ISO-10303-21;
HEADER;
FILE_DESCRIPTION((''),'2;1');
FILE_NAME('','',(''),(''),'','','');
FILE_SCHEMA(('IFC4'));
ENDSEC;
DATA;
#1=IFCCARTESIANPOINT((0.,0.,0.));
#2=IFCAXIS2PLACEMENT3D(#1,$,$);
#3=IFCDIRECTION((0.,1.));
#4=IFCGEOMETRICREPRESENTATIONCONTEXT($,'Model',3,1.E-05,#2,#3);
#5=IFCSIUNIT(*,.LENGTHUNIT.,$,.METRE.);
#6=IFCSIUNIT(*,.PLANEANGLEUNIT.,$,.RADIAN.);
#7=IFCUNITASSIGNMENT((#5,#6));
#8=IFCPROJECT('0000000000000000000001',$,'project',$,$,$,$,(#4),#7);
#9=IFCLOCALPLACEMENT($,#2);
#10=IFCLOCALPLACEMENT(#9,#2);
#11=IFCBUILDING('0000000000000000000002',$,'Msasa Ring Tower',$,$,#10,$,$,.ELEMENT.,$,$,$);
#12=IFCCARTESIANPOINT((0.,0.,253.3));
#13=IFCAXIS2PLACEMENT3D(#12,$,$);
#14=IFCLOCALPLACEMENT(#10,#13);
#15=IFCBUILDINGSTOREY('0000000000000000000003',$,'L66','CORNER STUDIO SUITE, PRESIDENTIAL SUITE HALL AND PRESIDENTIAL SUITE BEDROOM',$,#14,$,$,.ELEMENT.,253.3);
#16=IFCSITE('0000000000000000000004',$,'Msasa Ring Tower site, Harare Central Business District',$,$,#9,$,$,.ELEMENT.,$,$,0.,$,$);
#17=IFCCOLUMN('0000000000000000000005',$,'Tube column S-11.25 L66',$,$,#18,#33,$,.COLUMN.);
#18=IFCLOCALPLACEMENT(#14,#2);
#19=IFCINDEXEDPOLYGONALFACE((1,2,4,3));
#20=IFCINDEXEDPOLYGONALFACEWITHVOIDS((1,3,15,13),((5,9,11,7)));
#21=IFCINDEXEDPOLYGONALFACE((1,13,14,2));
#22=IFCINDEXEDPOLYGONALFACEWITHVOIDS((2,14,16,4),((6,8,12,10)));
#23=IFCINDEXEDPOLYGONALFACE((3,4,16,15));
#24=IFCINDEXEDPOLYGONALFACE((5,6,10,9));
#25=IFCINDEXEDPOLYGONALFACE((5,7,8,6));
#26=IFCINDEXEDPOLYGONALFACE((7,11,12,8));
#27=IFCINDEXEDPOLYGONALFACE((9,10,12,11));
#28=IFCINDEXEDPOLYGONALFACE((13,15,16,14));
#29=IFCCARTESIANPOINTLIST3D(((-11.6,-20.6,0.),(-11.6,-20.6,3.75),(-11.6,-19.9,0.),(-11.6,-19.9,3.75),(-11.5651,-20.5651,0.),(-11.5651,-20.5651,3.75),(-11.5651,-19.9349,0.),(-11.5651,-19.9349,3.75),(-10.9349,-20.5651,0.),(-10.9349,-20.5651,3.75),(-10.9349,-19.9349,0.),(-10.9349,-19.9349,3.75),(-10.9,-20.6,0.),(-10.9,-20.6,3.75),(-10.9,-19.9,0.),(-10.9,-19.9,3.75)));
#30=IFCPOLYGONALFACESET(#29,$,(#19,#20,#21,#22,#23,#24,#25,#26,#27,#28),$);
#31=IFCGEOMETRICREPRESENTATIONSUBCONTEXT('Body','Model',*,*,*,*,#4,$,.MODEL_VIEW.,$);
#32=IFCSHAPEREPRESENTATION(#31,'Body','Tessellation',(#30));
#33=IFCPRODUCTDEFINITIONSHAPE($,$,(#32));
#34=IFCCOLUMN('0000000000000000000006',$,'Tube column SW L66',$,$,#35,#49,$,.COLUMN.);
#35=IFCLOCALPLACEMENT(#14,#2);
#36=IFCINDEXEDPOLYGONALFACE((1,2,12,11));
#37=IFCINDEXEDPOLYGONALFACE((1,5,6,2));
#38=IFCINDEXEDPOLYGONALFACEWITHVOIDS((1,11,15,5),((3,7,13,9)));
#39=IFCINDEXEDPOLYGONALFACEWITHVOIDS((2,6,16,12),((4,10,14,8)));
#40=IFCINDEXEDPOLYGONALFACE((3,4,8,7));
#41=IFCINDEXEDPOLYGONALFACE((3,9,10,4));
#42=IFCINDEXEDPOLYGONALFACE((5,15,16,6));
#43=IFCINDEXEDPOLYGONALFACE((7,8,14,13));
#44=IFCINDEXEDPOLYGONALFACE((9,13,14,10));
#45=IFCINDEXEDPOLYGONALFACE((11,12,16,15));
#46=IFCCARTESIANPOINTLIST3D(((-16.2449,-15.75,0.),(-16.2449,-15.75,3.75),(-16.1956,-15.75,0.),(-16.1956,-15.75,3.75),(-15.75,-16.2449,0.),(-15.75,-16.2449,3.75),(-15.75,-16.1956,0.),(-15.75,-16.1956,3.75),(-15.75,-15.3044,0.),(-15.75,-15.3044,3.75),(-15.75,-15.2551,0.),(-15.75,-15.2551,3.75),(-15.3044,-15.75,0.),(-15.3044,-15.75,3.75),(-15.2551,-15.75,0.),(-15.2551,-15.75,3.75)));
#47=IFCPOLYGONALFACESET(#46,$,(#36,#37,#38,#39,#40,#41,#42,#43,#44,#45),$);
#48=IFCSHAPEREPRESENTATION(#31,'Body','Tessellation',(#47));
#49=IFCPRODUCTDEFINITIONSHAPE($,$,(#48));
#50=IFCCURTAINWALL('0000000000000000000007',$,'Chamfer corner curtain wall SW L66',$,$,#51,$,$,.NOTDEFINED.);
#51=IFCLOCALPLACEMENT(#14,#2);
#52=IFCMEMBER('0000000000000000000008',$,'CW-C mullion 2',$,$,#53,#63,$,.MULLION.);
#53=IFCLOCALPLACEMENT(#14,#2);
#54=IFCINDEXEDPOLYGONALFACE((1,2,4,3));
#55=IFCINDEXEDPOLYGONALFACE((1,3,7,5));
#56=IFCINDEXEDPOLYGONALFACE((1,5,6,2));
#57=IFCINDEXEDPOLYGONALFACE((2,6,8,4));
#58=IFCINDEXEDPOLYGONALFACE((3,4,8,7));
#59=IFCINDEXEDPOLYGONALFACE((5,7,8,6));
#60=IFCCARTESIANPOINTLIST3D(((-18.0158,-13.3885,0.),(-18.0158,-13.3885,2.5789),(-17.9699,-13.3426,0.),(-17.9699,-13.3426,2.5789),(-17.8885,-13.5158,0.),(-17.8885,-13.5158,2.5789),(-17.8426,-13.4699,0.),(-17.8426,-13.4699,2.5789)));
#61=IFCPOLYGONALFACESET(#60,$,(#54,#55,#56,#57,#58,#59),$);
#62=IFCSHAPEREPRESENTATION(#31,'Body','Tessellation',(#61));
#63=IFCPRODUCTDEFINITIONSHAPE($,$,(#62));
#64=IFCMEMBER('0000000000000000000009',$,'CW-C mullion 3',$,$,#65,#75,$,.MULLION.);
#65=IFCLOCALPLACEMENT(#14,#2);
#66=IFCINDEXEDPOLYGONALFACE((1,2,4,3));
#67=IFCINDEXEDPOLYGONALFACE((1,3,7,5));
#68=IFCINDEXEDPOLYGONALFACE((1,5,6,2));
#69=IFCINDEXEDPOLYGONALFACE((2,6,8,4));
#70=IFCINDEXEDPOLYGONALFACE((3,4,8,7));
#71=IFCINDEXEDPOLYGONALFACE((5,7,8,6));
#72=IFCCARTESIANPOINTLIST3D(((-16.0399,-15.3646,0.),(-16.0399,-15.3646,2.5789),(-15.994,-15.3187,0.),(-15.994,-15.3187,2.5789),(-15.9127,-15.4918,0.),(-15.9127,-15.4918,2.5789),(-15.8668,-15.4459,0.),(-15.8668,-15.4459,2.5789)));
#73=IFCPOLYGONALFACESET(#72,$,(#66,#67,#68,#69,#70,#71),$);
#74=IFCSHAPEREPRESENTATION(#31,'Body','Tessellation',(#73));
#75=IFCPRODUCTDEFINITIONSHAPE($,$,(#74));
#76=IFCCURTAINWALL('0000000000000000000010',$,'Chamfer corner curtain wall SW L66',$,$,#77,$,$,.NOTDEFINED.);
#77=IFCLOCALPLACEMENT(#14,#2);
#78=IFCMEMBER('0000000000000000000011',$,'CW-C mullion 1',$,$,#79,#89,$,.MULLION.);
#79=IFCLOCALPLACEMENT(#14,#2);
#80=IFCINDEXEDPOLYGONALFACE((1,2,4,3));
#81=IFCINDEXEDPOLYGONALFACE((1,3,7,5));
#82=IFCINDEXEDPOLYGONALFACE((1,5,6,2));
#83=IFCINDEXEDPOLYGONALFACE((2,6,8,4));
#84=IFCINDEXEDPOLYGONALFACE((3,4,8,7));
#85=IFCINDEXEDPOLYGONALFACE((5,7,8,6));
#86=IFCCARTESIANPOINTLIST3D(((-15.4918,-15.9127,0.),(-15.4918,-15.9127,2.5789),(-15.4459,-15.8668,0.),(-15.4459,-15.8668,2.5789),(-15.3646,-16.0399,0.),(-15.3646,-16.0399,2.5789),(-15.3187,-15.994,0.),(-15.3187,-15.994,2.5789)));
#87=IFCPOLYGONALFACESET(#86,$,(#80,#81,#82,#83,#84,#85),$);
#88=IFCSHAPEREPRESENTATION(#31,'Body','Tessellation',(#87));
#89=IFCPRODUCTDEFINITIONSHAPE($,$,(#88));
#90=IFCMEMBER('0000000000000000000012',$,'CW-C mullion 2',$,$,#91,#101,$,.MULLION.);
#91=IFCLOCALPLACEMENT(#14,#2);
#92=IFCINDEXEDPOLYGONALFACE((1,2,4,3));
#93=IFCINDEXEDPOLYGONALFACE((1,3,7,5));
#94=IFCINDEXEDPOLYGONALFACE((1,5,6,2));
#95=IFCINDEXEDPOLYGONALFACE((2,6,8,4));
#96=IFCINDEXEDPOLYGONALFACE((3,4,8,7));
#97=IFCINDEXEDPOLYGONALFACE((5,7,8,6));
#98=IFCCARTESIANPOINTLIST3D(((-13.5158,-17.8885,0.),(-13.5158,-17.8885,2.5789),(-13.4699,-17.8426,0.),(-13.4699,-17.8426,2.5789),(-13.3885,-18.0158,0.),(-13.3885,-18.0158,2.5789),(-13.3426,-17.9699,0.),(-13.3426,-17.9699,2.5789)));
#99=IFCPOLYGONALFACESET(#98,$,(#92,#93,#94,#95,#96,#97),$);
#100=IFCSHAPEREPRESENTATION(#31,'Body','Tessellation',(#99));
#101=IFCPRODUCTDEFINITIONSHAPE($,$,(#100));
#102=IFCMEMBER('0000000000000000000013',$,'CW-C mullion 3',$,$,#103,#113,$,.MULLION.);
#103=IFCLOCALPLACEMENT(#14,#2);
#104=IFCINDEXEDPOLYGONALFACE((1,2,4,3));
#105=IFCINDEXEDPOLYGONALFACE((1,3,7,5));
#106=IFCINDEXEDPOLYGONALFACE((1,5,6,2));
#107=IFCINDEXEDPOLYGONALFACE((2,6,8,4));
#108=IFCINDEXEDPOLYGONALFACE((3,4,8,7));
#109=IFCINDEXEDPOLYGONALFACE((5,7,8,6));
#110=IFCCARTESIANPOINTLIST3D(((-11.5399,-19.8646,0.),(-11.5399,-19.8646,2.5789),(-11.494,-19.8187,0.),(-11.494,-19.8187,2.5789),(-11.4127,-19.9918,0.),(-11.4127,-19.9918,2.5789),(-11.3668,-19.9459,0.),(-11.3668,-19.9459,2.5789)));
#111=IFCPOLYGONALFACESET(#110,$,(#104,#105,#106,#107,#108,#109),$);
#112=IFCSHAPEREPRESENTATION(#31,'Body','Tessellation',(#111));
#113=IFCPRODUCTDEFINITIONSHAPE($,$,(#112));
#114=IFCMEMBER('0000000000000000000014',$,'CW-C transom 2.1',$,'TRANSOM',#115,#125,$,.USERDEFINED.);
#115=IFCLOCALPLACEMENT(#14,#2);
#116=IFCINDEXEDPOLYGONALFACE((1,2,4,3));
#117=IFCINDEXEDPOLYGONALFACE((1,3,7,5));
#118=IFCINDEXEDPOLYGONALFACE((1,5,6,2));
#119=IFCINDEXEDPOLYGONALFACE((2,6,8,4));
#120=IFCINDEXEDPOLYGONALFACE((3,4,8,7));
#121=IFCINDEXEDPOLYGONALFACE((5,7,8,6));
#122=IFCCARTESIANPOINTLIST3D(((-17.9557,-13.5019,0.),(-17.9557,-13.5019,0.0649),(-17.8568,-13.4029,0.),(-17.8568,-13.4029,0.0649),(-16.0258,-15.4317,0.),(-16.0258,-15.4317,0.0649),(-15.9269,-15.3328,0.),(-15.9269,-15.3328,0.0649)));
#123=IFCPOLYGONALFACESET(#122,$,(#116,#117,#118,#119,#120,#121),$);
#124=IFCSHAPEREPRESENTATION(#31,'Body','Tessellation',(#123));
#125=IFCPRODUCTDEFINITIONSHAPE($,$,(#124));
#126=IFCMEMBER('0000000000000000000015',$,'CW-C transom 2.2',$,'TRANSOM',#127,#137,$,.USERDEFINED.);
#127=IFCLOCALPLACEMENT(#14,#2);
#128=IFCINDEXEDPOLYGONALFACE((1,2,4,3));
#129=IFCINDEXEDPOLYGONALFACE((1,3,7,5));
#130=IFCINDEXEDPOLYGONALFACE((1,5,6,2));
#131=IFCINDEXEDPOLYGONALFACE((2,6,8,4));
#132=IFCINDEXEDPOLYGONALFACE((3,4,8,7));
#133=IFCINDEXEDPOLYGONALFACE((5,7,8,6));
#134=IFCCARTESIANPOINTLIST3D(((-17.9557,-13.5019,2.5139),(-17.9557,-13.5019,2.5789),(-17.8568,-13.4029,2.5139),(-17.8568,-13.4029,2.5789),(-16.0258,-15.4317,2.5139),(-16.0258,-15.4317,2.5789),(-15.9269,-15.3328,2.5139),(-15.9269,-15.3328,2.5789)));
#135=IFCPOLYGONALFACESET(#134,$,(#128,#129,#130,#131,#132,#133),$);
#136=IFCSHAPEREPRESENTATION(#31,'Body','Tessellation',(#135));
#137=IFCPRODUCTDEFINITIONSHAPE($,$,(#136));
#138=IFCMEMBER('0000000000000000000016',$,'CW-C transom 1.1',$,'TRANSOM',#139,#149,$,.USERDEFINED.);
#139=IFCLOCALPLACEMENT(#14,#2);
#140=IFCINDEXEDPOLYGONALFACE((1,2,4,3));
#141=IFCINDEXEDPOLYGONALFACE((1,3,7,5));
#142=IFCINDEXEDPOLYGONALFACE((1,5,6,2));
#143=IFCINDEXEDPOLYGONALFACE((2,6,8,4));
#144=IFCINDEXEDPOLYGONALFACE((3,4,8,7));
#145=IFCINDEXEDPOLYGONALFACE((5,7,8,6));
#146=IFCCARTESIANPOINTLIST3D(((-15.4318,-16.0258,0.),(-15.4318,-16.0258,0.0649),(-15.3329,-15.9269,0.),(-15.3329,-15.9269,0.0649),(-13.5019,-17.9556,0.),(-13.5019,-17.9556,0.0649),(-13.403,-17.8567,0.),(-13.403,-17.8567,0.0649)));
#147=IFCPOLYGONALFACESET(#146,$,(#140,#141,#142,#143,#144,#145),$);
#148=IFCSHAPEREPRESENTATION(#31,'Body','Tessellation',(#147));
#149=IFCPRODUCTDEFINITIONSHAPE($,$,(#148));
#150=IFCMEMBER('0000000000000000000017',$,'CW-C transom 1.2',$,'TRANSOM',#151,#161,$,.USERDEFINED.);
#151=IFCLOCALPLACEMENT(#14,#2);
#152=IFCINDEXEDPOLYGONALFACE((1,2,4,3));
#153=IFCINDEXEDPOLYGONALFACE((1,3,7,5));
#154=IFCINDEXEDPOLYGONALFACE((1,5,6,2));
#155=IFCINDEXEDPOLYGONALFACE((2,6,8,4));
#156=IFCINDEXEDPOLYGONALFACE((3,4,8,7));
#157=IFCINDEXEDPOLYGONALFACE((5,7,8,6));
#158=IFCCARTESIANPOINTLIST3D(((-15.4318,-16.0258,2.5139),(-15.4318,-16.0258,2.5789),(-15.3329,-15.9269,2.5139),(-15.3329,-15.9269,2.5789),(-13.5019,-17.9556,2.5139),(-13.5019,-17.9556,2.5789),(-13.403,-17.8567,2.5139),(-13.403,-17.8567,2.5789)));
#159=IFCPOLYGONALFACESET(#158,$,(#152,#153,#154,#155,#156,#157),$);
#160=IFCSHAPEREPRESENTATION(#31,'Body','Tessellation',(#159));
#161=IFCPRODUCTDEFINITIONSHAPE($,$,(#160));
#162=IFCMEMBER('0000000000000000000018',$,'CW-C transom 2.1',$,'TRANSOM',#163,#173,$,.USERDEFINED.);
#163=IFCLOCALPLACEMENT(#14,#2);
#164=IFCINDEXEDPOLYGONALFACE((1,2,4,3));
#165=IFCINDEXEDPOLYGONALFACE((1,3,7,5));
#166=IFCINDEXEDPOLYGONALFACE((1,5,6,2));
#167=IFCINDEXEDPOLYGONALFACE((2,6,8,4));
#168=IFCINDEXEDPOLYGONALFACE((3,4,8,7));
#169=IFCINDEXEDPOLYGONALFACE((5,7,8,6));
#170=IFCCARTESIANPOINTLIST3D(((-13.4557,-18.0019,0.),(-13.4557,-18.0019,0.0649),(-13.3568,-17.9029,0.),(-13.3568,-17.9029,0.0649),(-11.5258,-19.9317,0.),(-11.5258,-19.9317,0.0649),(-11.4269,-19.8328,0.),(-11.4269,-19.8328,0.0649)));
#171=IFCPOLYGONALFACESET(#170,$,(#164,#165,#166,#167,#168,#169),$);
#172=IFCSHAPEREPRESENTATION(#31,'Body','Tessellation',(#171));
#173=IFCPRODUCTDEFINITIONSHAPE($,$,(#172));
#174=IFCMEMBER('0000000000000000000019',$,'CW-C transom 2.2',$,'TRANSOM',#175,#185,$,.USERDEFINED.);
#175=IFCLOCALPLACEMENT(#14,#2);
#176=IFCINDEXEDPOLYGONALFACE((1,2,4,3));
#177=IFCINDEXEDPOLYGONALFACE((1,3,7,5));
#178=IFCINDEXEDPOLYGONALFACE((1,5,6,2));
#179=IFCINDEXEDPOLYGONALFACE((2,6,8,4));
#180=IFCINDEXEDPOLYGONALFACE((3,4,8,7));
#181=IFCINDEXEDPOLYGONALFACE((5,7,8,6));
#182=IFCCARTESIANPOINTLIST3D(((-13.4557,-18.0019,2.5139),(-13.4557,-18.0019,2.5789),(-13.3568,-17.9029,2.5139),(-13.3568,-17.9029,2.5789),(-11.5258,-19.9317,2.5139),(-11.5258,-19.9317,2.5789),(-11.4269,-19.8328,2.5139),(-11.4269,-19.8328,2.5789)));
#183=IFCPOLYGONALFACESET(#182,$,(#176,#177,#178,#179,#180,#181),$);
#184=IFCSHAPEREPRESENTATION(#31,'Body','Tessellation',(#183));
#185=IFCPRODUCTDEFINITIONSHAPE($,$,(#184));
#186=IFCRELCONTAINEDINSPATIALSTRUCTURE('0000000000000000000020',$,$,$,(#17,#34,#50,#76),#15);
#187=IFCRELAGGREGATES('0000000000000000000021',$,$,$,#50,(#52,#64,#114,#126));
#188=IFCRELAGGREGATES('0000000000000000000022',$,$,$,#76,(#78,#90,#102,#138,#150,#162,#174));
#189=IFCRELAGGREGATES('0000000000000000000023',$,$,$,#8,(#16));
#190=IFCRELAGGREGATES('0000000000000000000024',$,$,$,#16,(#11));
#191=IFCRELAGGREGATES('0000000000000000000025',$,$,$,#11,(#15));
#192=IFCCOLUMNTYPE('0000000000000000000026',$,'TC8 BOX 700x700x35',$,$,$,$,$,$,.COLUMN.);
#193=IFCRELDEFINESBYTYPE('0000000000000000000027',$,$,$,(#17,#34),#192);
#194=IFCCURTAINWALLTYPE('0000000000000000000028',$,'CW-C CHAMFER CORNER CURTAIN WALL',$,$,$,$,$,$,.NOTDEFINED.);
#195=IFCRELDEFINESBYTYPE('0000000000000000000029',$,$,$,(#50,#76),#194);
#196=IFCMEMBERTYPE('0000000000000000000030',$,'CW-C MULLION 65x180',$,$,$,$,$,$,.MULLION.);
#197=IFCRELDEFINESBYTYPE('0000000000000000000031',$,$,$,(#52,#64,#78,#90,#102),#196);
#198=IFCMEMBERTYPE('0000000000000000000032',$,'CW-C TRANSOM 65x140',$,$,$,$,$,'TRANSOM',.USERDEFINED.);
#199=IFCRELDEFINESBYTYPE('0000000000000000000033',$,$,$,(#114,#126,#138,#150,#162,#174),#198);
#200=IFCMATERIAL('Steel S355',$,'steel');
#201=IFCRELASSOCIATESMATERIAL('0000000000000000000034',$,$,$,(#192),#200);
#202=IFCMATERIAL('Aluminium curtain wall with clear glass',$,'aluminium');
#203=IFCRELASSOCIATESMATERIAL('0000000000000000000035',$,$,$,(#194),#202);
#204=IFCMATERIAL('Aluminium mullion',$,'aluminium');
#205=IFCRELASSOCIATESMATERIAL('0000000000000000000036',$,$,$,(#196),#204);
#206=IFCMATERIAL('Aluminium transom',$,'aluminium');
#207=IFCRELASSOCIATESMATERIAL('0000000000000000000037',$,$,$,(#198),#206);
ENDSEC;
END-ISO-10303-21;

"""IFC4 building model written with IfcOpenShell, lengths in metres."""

from ifc_helpers import new_model, si_unit, direction, frame, origin, origin_2d, place, context, subcontext, project, spatial, rectangle, hollow_rectangle, extrude, material, material_profile, profile_set, type_object, element, aggregate, save


model = new_model("IFC4")

# Units and contexts
model_context = context("Model", 3, precision=1e-05, world=origin(), true_north=direction((0.0, 1.0)))
body_context = subcontext(model_context, "Body", "Model", "MODEL_VIEW")
ifc_project = project(units=[si_unit("LENGTHUNIT", "METRE"), si_unit("PLANEANGLEUNIT", "RADIAN")], contexts=[model_context])

# Site, building, storey
site_placement = place(None, origin())
site = spatial("IfcSite", under=ifc_project, at=site_placement, Name="Msasa Ring Tower site, Harare Central Business District", CompositionType="ELEMENT", RefElevation=0.0)
building_placement = place(site_placement, origin())
building = spatial("IfcBuilding", under=site, at=building_placement, Name="Msasa Ring Tower", CompositionType="ELEMENT")
storey_placement = place(building_placement, frame((0.0, 0.0, 253.3)))
storey = spatial("IfcBuildingStorey", under=building, at=storey_placement, Name="L66", Description="CORNER STUDIO SUITE, PRESIDENTIAL SUITE HALL AND PRESIDENTIAL SUITE BEDROOM", CompositionType="ELEMENT", Elevation=253.3)

# Columns
ifc_material_1 = material(Name="Steel S355", Category="steel")
ifc_material_profile_1 = material_profile(ifc_material_1, hollow_rectangle(XDim=0.7, YDim=0.7, WallThickness=0.0349, at=origin_2d()), Name="BOX 700x700x35")
ifc_profile_set_1 = profile_set([ifc_material_profile_1], Name="Steel S355")
column_type = type_object("IfcColumnType", Name="TC8 BOX 700x700x35", PredefinedType="COLUMN", material=ifc_profile_set_1)
for number, where, z_axis, x_axis, name in (
    (1, (-11.25, -20.25, 0.0), (0.0, 0.0, 1.0), (0.0, 1.0, 0.0), "Tube column S-11.25 L66"),
    (2, (-15.75, -15.75, 0.0), (0.0, 0.0, 1.0), (0.707107, 0.707107, 0.0), "Tube column SW L66"),
):
    element("IfcColumn", number, at=place(storey_placement, frame(where, z_axis=z_axis, x_axis=x_axis)), inside=storey, type_object=column_type, Name=name, PredefinedType="COLUMN", context=body_context, shape_type="SweptSolid", body=[
        extrude(hollow_rectangle(XDim=0.7, YDim=0.7, WallThickness=0.0349, at=origin_2d()), origin(), (0.0, 0.0, 1.0), 3.75),
    ])

# Curtain walls, members
ifc_material_2 = material(Name="Aluminium curtain wall with clear glass", Category="aluminium")
curtain_wall_type = type_object("IfcCurtainWallType", Name="CW-C CHAMFER CORNER CURTAIN WALL", PredefinedType="NOTDEFINED", material=ifc_material_2)
curtain_wall_1_placement = place(storey_placement, origin())
curtain_wall_1 = element("IfcCurtainWall", 3, at=curtain_wall_1_placement, inside=storey, type_object=curtain_wall_type, Name="Chamfer corner curtain wall SW L66", PredefinedType="NOTDEFINED")
ifc_material_3 = material(Name="Aluminium mullion", Category="aluminium")
ifc_material_profile_2 = material_profile(ifc_material_3, rectangle(XDim=0.0649, YDim=0.1799, at=origin_2d()), Name="AL 65x180")
ifc_profile_set_2 = profile_set([ifc_material_profile_2], Name="Aluminium mullion")
member_type_1 = type_object("IfcMemberType", Name="CW-C MULLION 65x180", PredefinedType="MULLION", material=ifc_profile_set_2)
member_1_placement = place(storey_placement, frame((-17.9292, -13.4292, 0.0), z_axis=(0.0, 0.0, 1.0), x_axis=(0.707107, 0.707107, 0.0)))
member_1 = element("IfcMember", 4, at=member_1_placement, type_object=member_type_1, Name="CW-C mullion 2", PredefinedType="MULLION", context=body_context, shape_type="SweptSolid", body=[
    extrude(rectangle(XDim=0.0649, YDim=0.1799, at=origin_2d()), origin(), (0.0, 0.0, 1.0), 2.5789),
])
member_2_placement = place(storey_placement, frame((-15.9534, -15.4053, 0.0), z_axis=(0.0, 0.0, 1.0), x_axis=(0.707107, 0.707107, 0.0)))
member_2 = element("IfcMember", 5, at=member_2_placement, type_object=member_type_1, Name="CW-C mullion 3", PredefinedType="MULLION", context=body_context, shape_type="SweptSolid", body=[
    extrude(rectangle(XDim=0.0649, YDim=0.1799, at=origin_2d()), origin(), (0.0, 0.0, 1.0), 2.5789),
])
curtain_wall_2_placement = place(storey_placement, origin())
curtain_wall_2 = element("IfcCurtainWall", 6, at=curtain_wall_2_placement, inside=storey, type_object=curtain_wall_type, Name="Chamfer corner curtain wall SW L66", PredefinedType="NOTDEFINED")
member_3_placement = place(storey_placement, frame((-15.4053, -15.9534, 0.0), z_axis=(0.0, 0.0, 1.0), x_axis=(0.707107, 0.707107, 0.0)))
member_3 = element("IfcMember", 7, at=member_3_placement, type_object=member_type_1, Name="CW-C mullion 1", PredefinedType="MULLION", context=body_context, shape_type="SweptSolid", body=[
    extrude(rectangle(XDim=0.0649, YDim=0.1799, at=origin_2d()), origin(), (0.0, 0.0, 1.0), 2.5789),
])
member_4_placement = place(storey_placement, frame((-13.4292, -17.9292, 0.0), z_axis=(0.0, 0.0, 1.0), x_axis=(0.707107, 0.707107, 0.0)))
member_4 = element("IfcMember", 8, at=member_4_placement, type_object=member_type_1, Name="CW-C mullion 2", PredefinedType="MULLION", context=body_context, shape_type="SweptSolid", body=[
    extrude(rectangle(XDim=0.0649, YDim=0.1799, at=origin_2d()), origin(), (0.0, 0.0, 1.0), 2.5789),
])
member_5_placement = place(storey_placement, frame((-11.4534, -19.9053, 0.0), z_axis=(0.0, 0.0, 1.0), x_axis=(0.707107, 0.707107, 0.0)))
member_5 = element("IfcMember", 9, at=member_5_placement, type_object=member_type_1, Name="CW-C mullion 3", PredefinedType="MULLION", context=body_context, shape_type="SweptSolid", body=[
    extrude(rectangle(XDim=0.0649, YDim=0.1799, at=origin_2d()), origin(), (0.0, 0.0, 1.0), 2.5789),
])

# Members
ifc_material_4 = material(Name="Aluminium transom", Category="aluminium")
ifc_material_profile_3 = material_profile(ifc_material_4, rectangle(XDim=0.1399, YDim=0.0649, at=origin_2d()), Name="AL 65x140")
ifc_profile_set_3 = profile_set([ifc_material_profile_3], Name="Aluminium transom")
member_type_2 = type_object("IfcMemberType", Name="CW-C TRANSOM 65x140", ElementType="TRANSOM", PredefinedType="USERDEFINED", material=ifc_profile_set_3)
member_6_placement = place(storey_placement, frame((-17.9062, -13.4524, 0.0325), z_axis=(0.707107, -0.707107, 0.0), x_axis=(0.707107, 0.707107, 0.0)))
member_6 = element("IfcMember", 10, at=member_6_placement, type_object=member_type_2, Name="CW-C transom 2.1", ObjectType="TRANSOM", PredefinedType="USERDEFINED", context=body_context, shape_type="SweptSolid", body=[
    extrude(rectangle(XDim=0.1399, YDim=0.0649, at=origin_2d()), origin(), (0.0, 0.0, 1.0), 2.7292),
])
member_7_placement = place(storey_placement, frame((-17.9062, -13.4524, 2.5464), z_axis=(0.707107, -0.707107, 0.0), x_axis=(0.707107, 0.707107, 0.0)))
member_7 = element("IfcMember", 11, at=member_7_placement, type_object=member_type_2, Name="CW-C transom 2.2", ObjectType="TRANSOM", PredefinedType="USERDEFINED", context=body_context, shape_type="SweptSolid", body=[
    extrude(rectangle(XDim=0.1399, YDim=0.0649, at=origin_2d()), origin(), (0.0, 0.0, 1.0), 2.7292),
])
member_8_placement = place(storey_placement, frame((-15.3823, -15.9763, 0.0325), z_axis=(0.707107, -0.707107, 0.0), x_axis=(0.707107, 0.707107, 0.0)))
member_8 = element("IfcMember", 12, at=member_8_placement, type_object=member_type_2, Name="CW-C transom 1.1", ObjectType="TRANSOM", PredefinedType="USERDEFINED", context=body_context, shape_type="SweptSolid", body=[
    extrude(rectangle(XDim=0.1399, YDim=0.0649, at=origin_2d()), origin(), (0.0, 0.0, 1.0), 2.7292),
])
member_9_placement = place(storey_placement, frame((-15.3823, -15.9763, 2.5464), z_axis=(0.707107, -0.707107, 0.0), x_axis=(0.707107, 0.707107, 0.0)))
member_9 = element("IfcMember", 13, at=member_9_placement, type_object=member_type_2, Name="CW-C transom 1.2", ObjectType="TRANSOM", PredefinedType="USERDEFINED", context=body_context, shape_type="SweptSolid", body=[
    extrude(rectangle(XDim=0.1399, YDim=0.0649, at=origin_2d()), origin(), (0.0, 0.0, 1.0), 2.7292),
])
member_10_placement = place(storey_placement, frame((-13.4062, -17.9524, 0.0325), z_axis=(0.707107, -0.707107, 0.0), x_axis=(0.707107, 0.707107, 0.0)))
member_10 = element("IfcMember", 14, at=member_10_placement, type_object=member_type_2, Name="CW-C transom 2.1", ObjectType="TRANSOM", PredefinedType="USERDEFINED", context=body_context, shape_type="SweptSolid", body=[
    extrude(rectangle(XDim=0.1399, YDim=0.0649, at=origin_2d()), origin(), (0.0, 0.0, 1.0), 2.7292),
])
member_11_placement = place(storey_placement, frame((-13.4062, -17.9524, 2.5464), z_axis=(0.707107, -0.707107, 0.0), x_axis=(0.707107, 0.707107, 0.0)))
member_11 = element("IfcMember", 15, at=member_11_placement, type_object=member_type_2, Name="CW-C transom 2.2", ObjectType="TRANSOM", PredefinedType="USERDEFINED", context=body_context, shape_type="SweptSolid", body=[
    extrude(rectangle(XDim=0.1399, YDim=0.0649, at=origin_2d()), origin(), (0.0, 0.0, 1.0), 2.7292),
])

aggregate(curtain_wall_1, [member_1, member_2, member_6, member_7])
aggregate(curtain_wall_2, [member_3, member_4, member_5, member_8, member_9, member_10, member_11])

save(model, "model.ifc")
